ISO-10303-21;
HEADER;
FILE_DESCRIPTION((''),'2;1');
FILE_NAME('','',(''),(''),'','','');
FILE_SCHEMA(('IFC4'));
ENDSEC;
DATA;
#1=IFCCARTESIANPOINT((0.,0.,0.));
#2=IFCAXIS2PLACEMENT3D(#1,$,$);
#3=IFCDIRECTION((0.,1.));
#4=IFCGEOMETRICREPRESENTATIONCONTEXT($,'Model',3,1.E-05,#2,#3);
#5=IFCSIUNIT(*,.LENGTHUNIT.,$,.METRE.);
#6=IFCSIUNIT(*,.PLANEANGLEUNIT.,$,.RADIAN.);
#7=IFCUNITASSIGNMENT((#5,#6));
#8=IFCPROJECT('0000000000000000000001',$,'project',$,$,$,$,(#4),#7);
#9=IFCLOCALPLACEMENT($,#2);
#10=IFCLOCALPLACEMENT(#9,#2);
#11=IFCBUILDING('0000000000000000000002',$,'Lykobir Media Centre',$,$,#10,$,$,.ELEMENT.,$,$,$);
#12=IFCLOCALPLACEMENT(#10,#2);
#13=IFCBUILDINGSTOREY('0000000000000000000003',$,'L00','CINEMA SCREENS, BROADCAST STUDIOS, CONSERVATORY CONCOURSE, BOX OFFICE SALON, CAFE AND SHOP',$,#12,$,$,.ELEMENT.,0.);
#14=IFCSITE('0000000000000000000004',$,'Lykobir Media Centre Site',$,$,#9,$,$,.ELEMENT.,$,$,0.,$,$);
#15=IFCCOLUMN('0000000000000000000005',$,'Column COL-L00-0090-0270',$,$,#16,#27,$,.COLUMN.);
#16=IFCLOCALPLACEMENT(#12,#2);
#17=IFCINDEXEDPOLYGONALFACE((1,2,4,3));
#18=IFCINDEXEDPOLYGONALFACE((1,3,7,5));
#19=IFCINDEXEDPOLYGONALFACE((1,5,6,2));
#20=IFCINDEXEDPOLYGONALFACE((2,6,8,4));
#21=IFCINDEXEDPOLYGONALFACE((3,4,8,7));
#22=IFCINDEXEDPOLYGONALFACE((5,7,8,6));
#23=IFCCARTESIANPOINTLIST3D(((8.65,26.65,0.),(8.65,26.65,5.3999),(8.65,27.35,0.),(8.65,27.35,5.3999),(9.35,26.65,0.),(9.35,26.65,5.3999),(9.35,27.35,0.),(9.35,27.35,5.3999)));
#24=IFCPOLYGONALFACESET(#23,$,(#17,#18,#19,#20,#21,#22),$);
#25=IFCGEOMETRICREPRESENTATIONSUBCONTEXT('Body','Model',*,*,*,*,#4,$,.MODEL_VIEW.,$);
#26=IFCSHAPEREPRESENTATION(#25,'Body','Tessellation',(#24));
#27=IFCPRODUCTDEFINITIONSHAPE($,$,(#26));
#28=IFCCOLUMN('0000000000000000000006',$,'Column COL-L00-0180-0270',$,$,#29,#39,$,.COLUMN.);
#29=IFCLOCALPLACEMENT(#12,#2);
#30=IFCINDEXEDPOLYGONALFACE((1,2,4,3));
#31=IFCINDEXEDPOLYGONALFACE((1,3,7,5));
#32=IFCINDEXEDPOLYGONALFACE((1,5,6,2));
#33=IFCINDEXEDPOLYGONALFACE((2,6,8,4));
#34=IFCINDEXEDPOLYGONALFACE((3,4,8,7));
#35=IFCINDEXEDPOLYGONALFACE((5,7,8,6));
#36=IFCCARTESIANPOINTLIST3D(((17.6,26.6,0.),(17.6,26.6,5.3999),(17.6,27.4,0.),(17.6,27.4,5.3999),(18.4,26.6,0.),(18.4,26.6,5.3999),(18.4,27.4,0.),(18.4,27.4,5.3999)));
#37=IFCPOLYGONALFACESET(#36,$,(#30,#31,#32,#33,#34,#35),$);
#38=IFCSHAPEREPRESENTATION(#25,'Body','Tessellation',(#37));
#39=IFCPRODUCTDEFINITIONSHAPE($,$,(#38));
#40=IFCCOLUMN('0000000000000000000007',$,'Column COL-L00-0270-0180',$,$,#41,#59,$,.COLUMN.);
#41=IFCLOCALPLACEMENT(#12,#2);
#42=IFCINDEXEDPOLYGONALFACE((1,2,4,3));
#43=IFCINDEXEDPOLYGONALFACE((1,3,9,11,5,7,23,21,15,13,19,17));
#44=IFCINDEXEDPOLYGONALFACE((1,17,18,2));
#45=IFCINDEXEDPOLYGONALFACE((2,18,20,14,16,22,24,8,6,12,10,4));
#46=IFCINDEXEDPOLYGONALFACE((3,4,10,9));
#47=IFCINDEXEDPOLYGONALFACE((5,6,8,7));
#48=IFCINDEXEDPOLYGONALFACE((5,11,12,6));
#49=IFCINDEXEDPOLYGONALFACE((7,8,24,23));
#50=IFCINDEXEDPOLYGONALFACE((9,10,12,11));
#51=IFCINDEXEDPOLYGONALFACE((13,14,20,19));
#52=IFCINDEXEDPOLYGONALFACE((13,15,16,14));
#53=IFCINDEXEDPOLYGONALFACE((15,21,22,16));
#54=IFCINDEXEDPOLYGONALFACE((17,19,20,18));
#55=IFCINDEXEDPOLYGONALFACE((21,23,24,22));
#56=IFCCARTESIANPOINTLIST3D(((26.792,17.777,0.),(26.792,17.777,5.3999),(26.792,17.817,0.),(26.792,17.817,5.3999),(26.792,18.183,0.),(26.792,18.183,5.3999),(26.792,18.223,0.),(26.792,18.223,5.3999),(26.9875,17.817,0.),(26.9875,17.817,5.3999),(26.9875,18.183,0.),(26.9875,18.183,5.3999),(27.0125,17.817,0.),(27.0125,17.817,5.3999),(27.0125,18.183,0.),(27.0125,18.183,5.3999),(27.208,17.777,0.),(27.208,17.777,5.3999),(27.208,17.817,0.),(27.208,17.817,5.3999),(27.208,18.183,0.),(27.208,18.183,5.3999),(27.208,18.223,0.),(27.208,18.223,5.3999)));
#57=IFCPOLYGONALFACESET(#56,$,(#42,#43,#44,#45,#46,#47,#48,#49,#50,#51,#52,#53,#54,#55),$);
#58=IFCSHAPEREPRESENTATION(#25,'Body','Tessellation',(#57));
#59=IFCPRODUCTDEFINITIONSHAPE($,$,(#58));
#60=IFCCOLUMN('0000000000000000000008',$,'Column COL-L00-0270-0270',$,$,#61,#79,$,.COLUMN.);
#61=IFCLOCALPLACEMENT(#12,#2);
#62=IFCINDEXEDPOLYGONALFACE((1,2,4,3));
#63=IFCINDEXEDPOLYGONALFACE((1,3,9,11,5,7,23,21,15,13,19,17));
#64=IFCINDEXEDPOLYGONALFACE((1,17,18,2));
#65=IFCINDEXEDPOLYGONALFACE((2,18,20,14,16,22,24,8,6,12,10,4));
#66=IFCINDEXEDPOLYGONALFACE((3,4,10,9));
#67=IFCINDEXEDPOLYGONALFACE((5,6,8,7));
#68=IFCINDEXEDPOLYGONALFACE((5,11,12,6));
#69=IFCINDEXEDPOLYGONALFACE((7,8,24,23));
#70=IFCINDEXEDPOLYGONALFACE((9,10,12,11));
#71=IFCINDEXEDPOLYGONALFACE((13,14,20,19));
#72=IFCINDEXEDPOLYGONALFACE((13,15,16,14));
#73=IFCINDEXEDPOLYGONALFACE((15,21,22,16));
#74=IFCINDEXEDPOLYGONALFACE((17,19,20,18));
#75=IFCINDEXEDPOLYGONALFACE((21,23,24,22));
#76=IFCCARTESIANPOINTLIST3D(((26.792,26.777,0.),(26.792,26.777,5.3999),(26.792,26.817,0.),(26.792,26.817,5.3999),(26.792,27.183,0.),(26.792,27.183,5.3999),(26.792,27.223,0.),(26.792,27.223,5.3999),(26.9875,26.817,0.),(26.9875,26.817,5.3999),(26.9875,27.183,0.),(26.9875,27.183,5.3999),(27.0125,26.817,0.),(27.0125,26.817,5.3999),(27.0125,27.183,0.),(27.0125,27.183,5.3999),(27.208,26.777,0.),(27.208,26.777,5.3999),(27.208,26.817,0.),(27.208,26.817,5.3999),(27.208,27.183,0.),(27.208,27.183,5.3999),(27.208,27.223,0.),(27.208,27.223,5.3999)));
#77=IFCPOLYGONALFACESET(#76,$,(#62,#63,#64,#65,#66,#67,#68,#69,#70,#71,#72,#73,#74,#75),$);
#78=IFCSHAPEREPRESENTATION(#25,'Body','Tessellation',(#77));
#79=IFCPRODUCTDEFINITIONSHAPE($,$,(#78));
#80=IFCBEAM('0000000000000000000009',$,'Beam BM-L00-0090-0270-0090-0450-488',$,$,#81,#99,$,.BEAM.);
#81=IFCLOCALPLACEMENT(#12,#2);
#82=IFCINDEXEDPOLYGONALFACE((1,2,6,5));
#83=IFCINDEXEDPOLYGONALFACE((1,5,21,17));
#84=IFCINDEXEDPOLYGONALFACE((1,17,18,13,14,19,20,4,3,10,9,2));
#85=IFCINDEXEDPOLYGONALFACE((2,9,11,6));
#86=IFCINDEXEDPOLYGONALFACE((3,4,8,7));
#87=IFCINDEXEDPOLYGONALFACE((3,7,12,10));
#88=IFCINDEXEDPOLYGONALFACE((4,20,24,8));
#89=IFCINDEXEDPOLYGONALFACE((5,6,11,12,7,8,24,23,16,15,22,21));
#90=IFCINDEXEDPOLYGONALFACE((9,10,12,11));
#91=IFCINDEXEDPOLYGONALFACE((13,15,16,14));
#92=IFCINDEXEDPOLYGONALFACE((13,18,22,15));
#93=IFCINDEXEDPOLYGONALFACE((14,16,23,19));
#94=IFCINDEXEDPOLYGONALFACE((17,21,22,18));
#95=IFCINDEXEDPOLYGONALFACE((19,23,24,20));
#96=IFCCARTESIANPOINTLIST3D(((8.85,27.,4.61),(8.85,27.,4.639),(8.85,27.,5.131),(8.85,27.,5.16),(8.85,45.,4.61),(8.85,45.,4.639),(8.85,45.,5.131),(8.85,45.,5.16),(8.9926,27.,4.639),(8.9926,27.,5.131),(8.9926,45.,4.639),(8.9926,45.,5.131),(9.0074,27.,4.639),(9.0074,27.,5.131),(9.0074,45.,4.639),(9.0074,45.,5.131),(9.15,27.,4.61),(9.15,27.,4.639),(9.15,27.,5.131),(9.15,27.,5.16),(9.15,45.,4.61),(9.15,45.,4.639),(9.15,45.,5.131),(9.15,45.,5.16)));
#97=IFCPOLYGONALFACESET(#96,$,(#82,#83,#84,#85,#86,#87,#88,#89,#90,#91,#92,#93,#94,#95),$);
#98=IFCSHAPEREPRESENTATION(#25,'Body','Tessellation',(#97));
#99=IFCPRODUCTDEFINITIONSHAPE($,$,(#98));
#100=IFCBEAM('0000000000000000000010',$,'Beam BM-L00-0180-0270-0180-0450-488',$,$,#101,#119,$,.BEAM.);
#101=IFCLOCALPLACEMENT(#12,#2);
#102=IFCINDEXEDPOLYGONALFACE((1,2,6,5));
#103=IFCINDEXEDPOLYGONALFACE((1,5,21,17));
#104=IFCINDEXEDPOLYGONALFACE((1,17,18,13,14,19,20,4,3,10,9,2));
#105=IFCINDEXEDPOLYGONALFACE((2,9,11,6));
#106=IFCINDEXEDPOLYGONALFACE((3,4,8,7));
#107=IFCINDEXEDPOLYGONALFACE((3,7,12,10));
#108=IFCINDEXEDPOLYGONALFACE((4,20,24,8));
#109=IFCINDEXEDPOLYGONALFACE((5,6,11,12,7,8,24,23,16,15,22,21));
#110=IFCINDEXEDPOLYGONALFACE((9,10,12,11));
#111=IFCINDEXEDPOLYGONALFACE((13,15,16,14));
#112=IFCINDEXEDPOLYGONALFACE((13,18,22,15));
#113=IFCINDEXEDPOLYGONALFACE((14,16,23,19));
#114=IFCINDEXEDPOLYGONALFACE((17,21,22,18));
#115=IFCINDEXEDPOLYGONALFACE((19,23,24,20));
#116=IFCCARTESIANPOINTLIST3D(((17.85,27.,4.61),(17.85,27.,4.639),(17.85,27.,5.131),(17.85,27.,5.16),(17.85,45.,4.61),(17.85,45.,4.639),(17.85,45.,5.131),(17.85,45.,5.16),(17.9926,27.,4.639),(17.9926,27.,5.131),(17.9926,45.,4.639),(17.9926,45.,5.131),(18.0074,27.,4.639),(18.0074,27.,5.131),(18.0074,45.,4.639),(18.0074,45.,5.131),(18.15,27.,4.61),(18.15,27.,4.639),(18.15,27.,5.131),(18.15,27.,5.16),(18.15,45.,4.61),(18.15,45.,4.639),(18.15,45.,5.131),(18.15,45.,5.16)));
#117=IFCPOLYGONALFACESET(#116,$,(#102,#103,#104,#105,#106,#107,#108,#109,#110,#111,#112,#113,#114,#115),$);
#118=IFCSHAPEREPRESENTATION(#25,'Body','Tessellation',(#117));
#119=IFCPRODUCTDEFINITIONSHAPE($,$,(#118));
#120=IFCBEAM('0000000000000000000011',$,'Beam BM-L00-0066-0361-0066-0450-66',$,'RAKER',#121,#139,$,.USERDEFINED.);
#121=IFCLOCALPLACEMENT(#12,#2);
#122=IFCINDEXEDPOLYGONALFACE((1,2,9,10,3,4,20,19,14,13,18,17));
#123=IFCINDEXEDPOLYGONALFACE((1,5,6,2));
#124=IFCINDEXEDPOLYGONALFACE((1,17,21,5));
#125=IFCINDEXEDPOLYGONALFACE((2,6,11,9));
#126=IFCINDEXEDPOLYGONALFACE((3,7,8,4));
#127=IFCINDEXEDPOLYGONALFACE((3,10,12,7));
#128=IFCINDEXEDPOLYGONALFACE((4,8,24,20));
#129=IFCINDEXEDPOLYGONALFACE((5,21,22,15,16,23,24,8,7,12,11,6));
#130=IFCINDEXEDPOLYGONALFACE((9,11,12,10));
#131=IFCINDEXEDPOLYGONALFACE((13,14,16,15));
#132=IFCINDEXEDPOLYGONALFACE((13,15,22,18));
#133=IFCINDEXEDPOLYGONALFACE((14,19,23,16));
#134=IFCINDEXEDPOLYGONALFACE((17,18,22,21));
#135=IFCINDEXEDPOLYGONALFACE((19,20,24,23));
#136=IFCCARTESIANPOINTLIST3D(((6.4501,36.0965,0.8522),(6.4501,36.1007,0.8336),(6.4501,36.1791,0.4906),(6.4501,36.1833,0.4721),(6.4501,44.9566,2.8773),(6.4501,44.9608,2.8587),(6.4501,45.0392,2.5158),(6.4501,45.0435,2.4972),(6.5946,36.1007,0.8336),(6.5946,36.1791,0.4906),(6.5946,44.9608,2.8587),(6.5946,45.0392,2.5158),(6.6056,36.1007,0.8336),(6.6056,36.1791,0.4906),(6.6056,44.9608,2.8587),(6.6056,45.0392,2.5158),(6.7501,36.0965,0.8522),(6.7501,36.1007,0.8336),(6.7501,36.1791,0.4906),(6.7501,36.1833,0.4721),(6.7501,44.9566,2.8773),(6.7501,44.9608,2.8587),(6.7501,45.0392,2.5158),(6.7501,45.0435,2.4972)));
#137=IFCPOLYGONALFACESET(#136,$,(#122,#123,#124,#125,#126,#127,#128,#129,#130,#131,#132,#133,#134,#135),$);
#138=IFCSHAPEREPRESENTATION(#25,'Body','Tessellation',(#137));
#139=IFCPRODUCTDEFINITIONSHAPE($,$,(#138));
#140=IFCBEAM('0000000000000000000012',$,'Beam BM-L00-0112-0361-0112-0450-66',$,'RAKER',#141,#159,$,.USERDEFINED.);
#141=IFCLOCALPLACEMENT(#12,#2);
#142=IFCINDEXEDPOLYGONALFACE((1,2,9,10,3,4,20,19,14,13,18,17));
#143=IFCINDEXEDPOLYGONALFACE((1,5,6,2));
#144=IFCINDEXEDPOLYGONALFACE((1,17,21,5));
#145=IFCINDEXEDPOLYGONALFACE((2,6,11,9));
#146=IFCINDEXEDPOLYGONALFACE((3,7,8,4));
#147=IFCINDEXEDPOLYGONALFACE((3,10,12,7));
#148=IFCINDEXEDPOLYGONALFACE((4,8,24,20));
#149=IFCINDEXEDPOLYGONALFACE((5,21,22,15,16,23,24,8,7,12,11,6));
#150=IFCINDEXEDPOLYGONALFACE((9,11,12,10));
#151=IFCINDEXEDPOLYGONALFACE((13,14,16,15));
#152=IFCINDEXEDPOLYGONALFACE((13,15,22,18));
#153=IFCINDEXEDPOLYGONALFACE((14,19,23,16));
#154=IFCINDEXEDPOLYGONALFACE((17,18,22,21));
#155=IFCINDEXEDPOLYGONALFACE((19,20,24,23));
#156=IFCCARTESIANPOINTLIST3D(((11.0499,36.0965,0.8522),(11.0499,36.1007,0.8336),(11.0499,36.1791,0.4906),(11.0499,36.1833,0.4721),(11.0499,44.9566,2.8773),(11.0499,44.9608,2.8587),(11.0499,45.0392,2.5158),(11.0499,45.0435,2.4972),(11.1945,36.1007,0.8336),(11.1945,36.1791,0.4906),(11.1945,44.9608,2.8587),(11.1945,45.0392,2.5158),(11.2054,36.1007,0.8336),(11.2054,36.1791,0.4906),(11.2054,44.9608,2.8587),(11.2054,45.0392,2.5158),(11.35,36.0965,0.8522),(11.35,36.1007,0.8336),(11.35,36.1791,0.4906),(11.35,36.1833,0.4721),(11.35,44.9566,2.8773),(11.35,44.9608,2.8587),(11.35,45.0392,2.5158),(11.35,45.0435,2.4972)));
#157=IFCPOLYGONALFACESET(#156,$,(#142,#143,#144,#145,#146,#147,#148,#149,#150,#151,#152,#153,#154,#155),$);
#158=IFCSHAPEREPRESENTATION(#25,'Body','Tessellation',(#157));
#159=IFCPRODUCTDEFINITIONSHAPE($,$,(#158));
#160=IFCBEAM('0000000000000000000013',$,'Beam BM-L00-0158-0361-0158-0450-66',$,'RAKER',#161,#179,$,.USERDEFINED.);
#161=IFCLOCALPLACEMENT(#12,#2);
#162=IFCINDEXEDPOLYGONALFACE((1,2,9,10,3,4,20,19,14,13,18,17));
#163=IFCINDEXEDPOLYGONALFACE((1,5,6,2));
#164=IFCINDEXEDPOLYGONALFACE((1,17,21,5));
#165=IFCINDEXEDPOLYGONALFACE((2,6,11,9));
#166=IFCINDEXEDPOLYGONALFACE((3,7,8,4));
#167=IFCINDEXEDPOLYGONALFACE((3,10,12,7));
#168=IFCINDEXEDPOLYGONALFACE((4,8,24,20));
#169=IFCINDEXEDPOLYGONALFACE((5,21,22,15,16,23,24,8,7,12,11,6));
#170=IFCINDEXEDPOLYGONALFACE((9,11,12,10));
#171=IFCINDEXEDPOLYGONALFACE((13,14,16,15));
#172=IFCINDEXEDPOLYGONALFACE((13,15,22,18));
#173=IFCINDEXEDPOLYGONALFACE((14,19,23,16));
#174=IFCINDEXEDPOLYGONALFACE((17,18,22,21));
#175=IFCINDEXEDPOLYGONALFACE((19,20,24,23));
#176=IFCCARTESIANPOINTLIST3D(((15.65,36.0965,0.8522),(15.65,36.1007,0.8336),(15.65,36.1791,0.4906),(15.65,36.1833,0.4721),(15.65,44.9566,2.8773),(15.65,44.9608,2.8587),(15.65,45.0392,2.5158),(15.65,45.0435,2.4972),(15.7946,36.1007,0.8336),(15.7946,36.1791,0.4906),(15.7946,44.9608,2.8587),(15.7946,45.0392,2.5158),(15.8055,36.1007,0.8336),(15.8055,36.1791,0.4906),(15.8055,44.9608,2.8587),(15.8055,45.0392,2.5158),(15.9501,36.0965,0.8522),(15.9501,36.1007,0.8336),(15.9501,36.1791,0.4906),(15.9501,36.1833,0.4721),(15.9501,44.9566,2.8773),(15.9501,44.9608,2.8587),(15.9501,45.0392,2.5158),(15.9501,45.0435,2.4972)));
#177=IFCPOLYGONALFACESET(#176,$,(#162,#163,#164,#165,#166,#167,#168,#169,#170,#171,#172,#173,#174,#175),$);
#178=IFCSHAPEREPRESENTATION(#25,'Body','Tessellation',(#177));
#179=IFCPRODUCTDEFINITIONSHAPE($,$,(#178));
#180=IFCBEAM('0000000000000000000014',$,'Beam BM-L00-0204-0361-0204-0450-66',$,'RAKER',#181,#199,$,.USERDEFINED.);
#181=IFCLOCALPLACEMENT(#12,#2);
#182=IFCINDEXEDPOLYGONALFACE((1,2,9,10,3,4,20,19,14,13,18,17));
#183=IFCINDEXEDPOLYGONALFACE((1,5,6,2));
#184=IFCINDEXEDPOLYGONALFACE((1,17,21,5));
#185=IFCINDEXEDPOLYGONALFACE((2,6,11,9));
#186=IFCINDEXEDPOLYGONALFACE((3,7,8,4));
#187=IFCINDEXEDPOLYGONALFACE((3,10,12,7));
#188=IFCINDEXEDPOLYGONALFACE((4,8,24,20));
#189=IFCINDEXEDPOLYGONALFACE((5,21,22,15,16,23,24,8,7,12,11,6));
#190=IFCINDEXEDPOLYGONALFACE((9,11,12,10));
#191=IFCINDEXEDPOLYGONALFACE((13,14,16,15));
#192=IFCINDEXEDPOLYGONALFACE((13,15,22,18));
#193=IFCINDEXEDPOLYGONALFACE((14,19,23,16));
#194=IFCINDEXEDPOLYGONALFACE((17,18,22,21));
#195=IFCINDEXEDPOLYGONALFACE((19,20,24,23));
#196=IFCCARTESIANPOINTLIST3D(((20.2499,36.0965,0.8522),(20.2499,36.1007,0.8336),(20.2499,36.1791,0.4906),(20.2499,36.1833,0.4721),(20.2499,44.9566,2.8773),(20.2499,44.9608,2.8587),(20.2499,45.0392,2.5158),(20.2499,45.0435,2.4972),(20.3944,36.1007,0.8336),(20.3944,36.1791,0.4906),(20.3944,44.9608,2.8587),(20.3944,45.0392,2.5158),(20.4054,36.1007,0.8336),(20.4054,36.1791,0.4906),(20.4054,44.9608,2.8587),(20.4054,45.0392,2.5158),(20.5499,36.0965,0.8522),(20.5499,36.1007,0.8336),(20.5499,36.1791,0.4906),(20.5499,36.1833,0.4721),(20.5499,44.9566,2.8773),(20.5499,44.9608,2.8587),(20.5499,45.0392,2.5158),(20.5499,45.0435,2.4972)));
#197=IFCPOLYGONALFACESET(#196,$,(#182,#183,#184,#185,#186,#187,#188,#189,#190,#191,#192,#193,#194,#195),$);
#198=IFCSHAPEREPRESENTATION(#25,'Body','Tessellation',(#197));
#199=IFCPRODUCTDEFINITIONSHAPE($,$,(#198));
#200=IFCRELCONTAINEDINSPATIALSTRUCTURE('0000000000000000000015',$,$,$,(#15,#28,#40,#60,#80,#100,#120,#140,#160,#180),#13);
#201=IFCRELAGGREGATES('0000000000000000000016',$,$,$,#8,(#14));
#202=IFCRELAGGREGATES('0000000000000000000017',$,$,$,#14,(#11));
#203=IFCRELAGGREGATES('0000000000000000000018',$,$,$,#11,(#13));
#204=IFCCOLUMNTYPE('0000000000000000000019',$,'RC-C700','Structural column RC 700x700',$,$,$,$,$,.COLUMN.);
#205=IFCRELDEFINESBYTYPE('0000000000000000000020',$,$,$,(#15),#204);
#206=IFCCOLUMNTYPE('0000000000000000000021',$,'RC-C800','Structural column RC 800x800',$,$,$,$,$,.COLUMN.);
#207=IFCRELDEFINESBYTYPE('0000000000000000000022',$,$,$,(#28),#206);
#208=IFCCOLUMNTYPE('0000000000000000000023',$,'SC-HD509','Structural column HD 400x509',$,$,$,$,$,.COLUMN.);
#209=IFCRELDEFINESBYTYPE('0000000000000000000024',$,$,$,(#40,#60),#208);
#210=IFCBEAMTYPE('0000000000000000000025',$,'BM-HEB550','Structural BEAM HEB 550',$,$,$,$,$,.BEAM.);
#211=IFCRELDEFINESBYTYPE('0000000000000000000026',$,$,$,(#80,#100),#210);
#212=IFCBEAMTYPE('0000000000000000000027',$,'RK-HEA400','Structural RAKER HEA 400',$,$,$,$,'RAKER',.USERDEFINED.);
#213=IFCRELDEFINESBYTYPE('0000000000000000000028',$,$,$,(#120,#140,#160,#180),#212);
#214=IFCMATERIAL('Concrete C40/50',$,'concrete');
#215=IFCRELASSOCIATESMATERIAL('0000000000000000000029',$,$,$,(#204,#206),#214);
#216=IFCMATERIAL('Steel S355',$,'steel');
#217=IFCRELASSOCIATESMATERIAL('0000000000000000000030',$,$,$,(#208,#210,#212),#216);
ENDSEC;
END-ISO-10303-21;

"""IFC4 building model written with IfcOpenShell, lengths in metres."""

from ifc_helpers import new_model, si_unit, direction, frame, origin, origin_2d, place, context, subcontext, project, spatial, rectangle, i_section, extrude, material, material_profile, profile_set, type_object, element, save


model = new_model("IFC4")

# Units and contexts
model_context = context("Model", 3, precision=1e-05, world=origin(), true_north=direction((0.0, 1.0)))
body_context = subcontext(model_context, "Body", "Model", "MODEL_VIEW")
ifc_project = project(units=[si_unit("LENGTHUNIT", "METRE"), si_unit("PLANEANGLEUNIT", "RADIAN")], contexts=[model_context])

# Site, building, storey
site_placement = place(None, origin())
site = spatial("IfcSite", under=ifc_project, at=site_placement, Name="Lykobir Media Centre Site", CompositionType="ELEMENT", RefElevation=0.0)
building_placement = place(site_placement, origin())
building = spatial("IfcBuilding", under=site, at=building_placement, Name="Lykobir Media Centre", CompositionType="ELEMENT")
storey_placement = place(building_placement, origin())
storey = spatial("IfcBuildingStorey", under=building, at=storey_placement, Name="L00", Description="CINEMA SCREENS, BROADCAST STUDIOS, CONSERVATORY CONCOURSE, BOX OFFICE SALON, CAFE AND SHOP", CompositionType="ELEMENT", Elevation=0.0)

# Columns
ifc_material_1 = material(Name="Concrete C40/50", Category="concrete")
ifc_material_profile_1 = material_profile(ifc_material_1, rectangle(XDim=0.7, YDim=0.7, at=origin_2d()), Name="RC 700x700")
ifc_profile_set_1 = profile_set([ifc_material_profile_1], Name="Concrete C40/50")
column_type_1 = type_object("IfcColumnType", Name="RC-C700", Description="Structural column RC 700x700", PredefinedType="COLUMN", material=ifc_profile_set_1)
column_1_placement = place(storey_placement, frame((9.0, 27.0, 0.0), z_axis=(0.0, 0.0, 1.0), x_axis=(1.0, 0.0, 0.0)))
element("IfcColumn", 1, at=column_1_placement, inside=storey, type_object=column_type_1, Name="Column COL-L00-0090-0270", PredefinedType="COLUMN", context=body_context, shape_type="SweptSolid", body=[
    extrude(rectangle(XDim=0.7, YDim=0.7, at=origin_2d()), origin(), (0.0, 0.0, 1.0), 5.3999),
])
ifc_material_profile_2 = material_profile(ifc_material_1, rectangle(XDim=0.8, YDim=0.8, at=origin_2d()), Name="RC 800x800")
ifc_profile_set_2 = profile_set([ifc_material_profile_2], Name="Concrete C40/50")
column_type_2 = type_object("IfcColumnType", Name="RC-C800", Description="Structural column RC 800x800", PredefinedType="COLUMN", material=ifc_profile_set_2)
column_2_placement = place(storey_placement, frame((18.0, 27.0, 0.0), z_axis=(0.0, 0.0, 1.0), x_axis=(1.0, 0.0, 0.0)))
element("IfcColumn", 2, at=column_2_placement, inside=storey, type_object=column_type_2, Name="Column COL-L00-0180-0270", PredefinedType="COLUMN", context=body_context, shape_type="SweptSolid", body=[
    extrude(rectangle(XDim=0.8, YDim=0.8, at=origin_2d()), origin(), (0.0, 0.0, 1.0), 5.3999),
])
ifc_material_2 = material(Name="Steel S355", Category="steel")
ifc_material_profile_3 = material_profile(ifc_material_2, i_section(OverallWidth=0.416, OverallDepth=0.446, WebThickness=0.0249, FlangeThickness=0.04, at=origin_2d()), Name="HD 400x509")
ifc_profile_set_3 = profile_set([ifc_material_profile_3], Name="Steel S355")
column_type_3 = type_object("IfcColumnType", Name="SC-HD509", Description="Structural column HD 400x509", PredefinedType="COLUMN", material=ifc_profile_set_3)
for number, where, z_axis, x_axis, name in (
    (3, (27.0, 18.0, 0.0), (0.0, 0.0, 1.0), (1.0, 0.0, 0.0), "Column COL-L00-0270-0180"),
    (4, (27.0, 27.0, 0.0), (0.0, 0.0, 1.0), (1.0, 0.0, 0.0), "Column COL-L00-0270-0270"),
):
    element("IfcColumn", number, at=place(storey_placement, frame(where, z_axis=z_axis, x_axis=x_axis)), inside=storey, type_object=column_type_3, Name=name, PredefinedType="COLUMN", context=body_context, shape_type="SweptSolid", body=[
        extrude(i_section(OverallWidth=0.416, OverallDepth=0.446, WebThickness=0.0249, FlangeThickness=0.04, at=origin_2d()), origin(), (0.0, 0.0, 1.0), 5.3999),
    ])

# Beams
ifc_material_profile_4 = material_profile(ifc_material_2, i_section(OverallWidth=0.3, OverallDepth=0.55, WebThickness=0.0149, FlangeThickness=0.0291, at=origin_2d()), Name="HEB 550")
ifc_profile_set_4 = profile_set([ifc_material_profile_4], Name="Steel S355")
beam_type_1 = type_object("IfcBeamType", Name="BM-HEB550", Description="Structural BEAM HEB 550", PredefinedType="BEAM", material=ifc_profile_set_4)
for number, where, z_axis, x_axis, name in (
    (5, (9.0, 27.0, 4.885), (0.0, 1.0, 0.0), (-1.0, 0.0, 0.0), "Beam BM-L00-0090-0270-0090-0450-488"),
    (6, (18.0, 27.0, 4.885), (0.0, 1.0, 0.0), (-1.0, 0.0, 0.0), "Beam BM-L00-0180-0270-0180-0450-488"),
):
    element("IfcBeam", number, at=place(storey_placement, frame(where, z_axis=z_axis, x_axis=x_axis)), inside=storey, type_object=beam_type_1, Name=name, PredefinedType="BEAM", context=body_context, shape_type="SweptSolid", body=[
        extrude(i_section(OverallWidth=0.3, OverallDepth=0.55, WebThickness=0.0149, FlangeThickness=0.0291, at=origin_2d()), origin(), (0.0, 0.0, 1.0), 18.0),
    ])
ifc_material_profile_5 = material_profile(ifc_material_2, i_section(OverallWidth=0.3, OverallDepth=0.3899, WebThickness=0.011, FlangeThickness=0.019, at=origin_2d()), Name="HEA 400")
ifc_profile_set_5 = profile_set([ifc_material_profile_5], Name="Steel S355")
beam_type_2 = type_object("IfcBeamType", Name="RK-HEA400", Description="Structural RAKER HEA 400", ElementType="RAKER", PredefinedType="USERDEFINED", material=ifc_profile_set_5)
for number, where, z_axis, x_axis, name in (
    (7, (6.6001, 36.1399, 0.6621), (0.0, 0.974859, 0.222823), (-1.0, 0.0, 0.0), "Beam BM-L00-0066-0361-0066-0450-66"),
    (8, (11.2, 36.1399, 0.6621), (0.0, 0.974859, 0.222823), (-1.0, 0.0, 0.0), "Beam BM-L00-0112-0361-0112-0450-66"),
    (9, (15.8, 36.1399, 0.6621), (0.0, 0.974859, 0.222823), (-1.0, 0.0, 0.0), "Beam BM-L00-0158-0361-0158-0450-66"),
    (10, (20.3999, 36.1399, 0.6621), (0.0, 0.974859, 0.222823), (-1.0, 0.0, 0.0), "Beam BM-L00-0204-0361-0204-0450-66"),
):
    element("IfcBeam", number, at=place(storey_placement, frame(where, z_axis=z_axis, x_axis=x_axis)), inside=storey, type_object=beam_type_2, Name=name, ObjectType="RAKER", PredefinedType="USERDEFINED", context=body_context, shape_type="SweptSolid", body=[
        extrude(i_section(OverallWidth=0.3, OverallDepth=0.3899, WebThickness=0.011, FlangeThickness=0.019, at=origin_2d()), origin(), (0.0, 0.0, 1.0), 9.0886),
    ])

save(model, "model.ifc")
